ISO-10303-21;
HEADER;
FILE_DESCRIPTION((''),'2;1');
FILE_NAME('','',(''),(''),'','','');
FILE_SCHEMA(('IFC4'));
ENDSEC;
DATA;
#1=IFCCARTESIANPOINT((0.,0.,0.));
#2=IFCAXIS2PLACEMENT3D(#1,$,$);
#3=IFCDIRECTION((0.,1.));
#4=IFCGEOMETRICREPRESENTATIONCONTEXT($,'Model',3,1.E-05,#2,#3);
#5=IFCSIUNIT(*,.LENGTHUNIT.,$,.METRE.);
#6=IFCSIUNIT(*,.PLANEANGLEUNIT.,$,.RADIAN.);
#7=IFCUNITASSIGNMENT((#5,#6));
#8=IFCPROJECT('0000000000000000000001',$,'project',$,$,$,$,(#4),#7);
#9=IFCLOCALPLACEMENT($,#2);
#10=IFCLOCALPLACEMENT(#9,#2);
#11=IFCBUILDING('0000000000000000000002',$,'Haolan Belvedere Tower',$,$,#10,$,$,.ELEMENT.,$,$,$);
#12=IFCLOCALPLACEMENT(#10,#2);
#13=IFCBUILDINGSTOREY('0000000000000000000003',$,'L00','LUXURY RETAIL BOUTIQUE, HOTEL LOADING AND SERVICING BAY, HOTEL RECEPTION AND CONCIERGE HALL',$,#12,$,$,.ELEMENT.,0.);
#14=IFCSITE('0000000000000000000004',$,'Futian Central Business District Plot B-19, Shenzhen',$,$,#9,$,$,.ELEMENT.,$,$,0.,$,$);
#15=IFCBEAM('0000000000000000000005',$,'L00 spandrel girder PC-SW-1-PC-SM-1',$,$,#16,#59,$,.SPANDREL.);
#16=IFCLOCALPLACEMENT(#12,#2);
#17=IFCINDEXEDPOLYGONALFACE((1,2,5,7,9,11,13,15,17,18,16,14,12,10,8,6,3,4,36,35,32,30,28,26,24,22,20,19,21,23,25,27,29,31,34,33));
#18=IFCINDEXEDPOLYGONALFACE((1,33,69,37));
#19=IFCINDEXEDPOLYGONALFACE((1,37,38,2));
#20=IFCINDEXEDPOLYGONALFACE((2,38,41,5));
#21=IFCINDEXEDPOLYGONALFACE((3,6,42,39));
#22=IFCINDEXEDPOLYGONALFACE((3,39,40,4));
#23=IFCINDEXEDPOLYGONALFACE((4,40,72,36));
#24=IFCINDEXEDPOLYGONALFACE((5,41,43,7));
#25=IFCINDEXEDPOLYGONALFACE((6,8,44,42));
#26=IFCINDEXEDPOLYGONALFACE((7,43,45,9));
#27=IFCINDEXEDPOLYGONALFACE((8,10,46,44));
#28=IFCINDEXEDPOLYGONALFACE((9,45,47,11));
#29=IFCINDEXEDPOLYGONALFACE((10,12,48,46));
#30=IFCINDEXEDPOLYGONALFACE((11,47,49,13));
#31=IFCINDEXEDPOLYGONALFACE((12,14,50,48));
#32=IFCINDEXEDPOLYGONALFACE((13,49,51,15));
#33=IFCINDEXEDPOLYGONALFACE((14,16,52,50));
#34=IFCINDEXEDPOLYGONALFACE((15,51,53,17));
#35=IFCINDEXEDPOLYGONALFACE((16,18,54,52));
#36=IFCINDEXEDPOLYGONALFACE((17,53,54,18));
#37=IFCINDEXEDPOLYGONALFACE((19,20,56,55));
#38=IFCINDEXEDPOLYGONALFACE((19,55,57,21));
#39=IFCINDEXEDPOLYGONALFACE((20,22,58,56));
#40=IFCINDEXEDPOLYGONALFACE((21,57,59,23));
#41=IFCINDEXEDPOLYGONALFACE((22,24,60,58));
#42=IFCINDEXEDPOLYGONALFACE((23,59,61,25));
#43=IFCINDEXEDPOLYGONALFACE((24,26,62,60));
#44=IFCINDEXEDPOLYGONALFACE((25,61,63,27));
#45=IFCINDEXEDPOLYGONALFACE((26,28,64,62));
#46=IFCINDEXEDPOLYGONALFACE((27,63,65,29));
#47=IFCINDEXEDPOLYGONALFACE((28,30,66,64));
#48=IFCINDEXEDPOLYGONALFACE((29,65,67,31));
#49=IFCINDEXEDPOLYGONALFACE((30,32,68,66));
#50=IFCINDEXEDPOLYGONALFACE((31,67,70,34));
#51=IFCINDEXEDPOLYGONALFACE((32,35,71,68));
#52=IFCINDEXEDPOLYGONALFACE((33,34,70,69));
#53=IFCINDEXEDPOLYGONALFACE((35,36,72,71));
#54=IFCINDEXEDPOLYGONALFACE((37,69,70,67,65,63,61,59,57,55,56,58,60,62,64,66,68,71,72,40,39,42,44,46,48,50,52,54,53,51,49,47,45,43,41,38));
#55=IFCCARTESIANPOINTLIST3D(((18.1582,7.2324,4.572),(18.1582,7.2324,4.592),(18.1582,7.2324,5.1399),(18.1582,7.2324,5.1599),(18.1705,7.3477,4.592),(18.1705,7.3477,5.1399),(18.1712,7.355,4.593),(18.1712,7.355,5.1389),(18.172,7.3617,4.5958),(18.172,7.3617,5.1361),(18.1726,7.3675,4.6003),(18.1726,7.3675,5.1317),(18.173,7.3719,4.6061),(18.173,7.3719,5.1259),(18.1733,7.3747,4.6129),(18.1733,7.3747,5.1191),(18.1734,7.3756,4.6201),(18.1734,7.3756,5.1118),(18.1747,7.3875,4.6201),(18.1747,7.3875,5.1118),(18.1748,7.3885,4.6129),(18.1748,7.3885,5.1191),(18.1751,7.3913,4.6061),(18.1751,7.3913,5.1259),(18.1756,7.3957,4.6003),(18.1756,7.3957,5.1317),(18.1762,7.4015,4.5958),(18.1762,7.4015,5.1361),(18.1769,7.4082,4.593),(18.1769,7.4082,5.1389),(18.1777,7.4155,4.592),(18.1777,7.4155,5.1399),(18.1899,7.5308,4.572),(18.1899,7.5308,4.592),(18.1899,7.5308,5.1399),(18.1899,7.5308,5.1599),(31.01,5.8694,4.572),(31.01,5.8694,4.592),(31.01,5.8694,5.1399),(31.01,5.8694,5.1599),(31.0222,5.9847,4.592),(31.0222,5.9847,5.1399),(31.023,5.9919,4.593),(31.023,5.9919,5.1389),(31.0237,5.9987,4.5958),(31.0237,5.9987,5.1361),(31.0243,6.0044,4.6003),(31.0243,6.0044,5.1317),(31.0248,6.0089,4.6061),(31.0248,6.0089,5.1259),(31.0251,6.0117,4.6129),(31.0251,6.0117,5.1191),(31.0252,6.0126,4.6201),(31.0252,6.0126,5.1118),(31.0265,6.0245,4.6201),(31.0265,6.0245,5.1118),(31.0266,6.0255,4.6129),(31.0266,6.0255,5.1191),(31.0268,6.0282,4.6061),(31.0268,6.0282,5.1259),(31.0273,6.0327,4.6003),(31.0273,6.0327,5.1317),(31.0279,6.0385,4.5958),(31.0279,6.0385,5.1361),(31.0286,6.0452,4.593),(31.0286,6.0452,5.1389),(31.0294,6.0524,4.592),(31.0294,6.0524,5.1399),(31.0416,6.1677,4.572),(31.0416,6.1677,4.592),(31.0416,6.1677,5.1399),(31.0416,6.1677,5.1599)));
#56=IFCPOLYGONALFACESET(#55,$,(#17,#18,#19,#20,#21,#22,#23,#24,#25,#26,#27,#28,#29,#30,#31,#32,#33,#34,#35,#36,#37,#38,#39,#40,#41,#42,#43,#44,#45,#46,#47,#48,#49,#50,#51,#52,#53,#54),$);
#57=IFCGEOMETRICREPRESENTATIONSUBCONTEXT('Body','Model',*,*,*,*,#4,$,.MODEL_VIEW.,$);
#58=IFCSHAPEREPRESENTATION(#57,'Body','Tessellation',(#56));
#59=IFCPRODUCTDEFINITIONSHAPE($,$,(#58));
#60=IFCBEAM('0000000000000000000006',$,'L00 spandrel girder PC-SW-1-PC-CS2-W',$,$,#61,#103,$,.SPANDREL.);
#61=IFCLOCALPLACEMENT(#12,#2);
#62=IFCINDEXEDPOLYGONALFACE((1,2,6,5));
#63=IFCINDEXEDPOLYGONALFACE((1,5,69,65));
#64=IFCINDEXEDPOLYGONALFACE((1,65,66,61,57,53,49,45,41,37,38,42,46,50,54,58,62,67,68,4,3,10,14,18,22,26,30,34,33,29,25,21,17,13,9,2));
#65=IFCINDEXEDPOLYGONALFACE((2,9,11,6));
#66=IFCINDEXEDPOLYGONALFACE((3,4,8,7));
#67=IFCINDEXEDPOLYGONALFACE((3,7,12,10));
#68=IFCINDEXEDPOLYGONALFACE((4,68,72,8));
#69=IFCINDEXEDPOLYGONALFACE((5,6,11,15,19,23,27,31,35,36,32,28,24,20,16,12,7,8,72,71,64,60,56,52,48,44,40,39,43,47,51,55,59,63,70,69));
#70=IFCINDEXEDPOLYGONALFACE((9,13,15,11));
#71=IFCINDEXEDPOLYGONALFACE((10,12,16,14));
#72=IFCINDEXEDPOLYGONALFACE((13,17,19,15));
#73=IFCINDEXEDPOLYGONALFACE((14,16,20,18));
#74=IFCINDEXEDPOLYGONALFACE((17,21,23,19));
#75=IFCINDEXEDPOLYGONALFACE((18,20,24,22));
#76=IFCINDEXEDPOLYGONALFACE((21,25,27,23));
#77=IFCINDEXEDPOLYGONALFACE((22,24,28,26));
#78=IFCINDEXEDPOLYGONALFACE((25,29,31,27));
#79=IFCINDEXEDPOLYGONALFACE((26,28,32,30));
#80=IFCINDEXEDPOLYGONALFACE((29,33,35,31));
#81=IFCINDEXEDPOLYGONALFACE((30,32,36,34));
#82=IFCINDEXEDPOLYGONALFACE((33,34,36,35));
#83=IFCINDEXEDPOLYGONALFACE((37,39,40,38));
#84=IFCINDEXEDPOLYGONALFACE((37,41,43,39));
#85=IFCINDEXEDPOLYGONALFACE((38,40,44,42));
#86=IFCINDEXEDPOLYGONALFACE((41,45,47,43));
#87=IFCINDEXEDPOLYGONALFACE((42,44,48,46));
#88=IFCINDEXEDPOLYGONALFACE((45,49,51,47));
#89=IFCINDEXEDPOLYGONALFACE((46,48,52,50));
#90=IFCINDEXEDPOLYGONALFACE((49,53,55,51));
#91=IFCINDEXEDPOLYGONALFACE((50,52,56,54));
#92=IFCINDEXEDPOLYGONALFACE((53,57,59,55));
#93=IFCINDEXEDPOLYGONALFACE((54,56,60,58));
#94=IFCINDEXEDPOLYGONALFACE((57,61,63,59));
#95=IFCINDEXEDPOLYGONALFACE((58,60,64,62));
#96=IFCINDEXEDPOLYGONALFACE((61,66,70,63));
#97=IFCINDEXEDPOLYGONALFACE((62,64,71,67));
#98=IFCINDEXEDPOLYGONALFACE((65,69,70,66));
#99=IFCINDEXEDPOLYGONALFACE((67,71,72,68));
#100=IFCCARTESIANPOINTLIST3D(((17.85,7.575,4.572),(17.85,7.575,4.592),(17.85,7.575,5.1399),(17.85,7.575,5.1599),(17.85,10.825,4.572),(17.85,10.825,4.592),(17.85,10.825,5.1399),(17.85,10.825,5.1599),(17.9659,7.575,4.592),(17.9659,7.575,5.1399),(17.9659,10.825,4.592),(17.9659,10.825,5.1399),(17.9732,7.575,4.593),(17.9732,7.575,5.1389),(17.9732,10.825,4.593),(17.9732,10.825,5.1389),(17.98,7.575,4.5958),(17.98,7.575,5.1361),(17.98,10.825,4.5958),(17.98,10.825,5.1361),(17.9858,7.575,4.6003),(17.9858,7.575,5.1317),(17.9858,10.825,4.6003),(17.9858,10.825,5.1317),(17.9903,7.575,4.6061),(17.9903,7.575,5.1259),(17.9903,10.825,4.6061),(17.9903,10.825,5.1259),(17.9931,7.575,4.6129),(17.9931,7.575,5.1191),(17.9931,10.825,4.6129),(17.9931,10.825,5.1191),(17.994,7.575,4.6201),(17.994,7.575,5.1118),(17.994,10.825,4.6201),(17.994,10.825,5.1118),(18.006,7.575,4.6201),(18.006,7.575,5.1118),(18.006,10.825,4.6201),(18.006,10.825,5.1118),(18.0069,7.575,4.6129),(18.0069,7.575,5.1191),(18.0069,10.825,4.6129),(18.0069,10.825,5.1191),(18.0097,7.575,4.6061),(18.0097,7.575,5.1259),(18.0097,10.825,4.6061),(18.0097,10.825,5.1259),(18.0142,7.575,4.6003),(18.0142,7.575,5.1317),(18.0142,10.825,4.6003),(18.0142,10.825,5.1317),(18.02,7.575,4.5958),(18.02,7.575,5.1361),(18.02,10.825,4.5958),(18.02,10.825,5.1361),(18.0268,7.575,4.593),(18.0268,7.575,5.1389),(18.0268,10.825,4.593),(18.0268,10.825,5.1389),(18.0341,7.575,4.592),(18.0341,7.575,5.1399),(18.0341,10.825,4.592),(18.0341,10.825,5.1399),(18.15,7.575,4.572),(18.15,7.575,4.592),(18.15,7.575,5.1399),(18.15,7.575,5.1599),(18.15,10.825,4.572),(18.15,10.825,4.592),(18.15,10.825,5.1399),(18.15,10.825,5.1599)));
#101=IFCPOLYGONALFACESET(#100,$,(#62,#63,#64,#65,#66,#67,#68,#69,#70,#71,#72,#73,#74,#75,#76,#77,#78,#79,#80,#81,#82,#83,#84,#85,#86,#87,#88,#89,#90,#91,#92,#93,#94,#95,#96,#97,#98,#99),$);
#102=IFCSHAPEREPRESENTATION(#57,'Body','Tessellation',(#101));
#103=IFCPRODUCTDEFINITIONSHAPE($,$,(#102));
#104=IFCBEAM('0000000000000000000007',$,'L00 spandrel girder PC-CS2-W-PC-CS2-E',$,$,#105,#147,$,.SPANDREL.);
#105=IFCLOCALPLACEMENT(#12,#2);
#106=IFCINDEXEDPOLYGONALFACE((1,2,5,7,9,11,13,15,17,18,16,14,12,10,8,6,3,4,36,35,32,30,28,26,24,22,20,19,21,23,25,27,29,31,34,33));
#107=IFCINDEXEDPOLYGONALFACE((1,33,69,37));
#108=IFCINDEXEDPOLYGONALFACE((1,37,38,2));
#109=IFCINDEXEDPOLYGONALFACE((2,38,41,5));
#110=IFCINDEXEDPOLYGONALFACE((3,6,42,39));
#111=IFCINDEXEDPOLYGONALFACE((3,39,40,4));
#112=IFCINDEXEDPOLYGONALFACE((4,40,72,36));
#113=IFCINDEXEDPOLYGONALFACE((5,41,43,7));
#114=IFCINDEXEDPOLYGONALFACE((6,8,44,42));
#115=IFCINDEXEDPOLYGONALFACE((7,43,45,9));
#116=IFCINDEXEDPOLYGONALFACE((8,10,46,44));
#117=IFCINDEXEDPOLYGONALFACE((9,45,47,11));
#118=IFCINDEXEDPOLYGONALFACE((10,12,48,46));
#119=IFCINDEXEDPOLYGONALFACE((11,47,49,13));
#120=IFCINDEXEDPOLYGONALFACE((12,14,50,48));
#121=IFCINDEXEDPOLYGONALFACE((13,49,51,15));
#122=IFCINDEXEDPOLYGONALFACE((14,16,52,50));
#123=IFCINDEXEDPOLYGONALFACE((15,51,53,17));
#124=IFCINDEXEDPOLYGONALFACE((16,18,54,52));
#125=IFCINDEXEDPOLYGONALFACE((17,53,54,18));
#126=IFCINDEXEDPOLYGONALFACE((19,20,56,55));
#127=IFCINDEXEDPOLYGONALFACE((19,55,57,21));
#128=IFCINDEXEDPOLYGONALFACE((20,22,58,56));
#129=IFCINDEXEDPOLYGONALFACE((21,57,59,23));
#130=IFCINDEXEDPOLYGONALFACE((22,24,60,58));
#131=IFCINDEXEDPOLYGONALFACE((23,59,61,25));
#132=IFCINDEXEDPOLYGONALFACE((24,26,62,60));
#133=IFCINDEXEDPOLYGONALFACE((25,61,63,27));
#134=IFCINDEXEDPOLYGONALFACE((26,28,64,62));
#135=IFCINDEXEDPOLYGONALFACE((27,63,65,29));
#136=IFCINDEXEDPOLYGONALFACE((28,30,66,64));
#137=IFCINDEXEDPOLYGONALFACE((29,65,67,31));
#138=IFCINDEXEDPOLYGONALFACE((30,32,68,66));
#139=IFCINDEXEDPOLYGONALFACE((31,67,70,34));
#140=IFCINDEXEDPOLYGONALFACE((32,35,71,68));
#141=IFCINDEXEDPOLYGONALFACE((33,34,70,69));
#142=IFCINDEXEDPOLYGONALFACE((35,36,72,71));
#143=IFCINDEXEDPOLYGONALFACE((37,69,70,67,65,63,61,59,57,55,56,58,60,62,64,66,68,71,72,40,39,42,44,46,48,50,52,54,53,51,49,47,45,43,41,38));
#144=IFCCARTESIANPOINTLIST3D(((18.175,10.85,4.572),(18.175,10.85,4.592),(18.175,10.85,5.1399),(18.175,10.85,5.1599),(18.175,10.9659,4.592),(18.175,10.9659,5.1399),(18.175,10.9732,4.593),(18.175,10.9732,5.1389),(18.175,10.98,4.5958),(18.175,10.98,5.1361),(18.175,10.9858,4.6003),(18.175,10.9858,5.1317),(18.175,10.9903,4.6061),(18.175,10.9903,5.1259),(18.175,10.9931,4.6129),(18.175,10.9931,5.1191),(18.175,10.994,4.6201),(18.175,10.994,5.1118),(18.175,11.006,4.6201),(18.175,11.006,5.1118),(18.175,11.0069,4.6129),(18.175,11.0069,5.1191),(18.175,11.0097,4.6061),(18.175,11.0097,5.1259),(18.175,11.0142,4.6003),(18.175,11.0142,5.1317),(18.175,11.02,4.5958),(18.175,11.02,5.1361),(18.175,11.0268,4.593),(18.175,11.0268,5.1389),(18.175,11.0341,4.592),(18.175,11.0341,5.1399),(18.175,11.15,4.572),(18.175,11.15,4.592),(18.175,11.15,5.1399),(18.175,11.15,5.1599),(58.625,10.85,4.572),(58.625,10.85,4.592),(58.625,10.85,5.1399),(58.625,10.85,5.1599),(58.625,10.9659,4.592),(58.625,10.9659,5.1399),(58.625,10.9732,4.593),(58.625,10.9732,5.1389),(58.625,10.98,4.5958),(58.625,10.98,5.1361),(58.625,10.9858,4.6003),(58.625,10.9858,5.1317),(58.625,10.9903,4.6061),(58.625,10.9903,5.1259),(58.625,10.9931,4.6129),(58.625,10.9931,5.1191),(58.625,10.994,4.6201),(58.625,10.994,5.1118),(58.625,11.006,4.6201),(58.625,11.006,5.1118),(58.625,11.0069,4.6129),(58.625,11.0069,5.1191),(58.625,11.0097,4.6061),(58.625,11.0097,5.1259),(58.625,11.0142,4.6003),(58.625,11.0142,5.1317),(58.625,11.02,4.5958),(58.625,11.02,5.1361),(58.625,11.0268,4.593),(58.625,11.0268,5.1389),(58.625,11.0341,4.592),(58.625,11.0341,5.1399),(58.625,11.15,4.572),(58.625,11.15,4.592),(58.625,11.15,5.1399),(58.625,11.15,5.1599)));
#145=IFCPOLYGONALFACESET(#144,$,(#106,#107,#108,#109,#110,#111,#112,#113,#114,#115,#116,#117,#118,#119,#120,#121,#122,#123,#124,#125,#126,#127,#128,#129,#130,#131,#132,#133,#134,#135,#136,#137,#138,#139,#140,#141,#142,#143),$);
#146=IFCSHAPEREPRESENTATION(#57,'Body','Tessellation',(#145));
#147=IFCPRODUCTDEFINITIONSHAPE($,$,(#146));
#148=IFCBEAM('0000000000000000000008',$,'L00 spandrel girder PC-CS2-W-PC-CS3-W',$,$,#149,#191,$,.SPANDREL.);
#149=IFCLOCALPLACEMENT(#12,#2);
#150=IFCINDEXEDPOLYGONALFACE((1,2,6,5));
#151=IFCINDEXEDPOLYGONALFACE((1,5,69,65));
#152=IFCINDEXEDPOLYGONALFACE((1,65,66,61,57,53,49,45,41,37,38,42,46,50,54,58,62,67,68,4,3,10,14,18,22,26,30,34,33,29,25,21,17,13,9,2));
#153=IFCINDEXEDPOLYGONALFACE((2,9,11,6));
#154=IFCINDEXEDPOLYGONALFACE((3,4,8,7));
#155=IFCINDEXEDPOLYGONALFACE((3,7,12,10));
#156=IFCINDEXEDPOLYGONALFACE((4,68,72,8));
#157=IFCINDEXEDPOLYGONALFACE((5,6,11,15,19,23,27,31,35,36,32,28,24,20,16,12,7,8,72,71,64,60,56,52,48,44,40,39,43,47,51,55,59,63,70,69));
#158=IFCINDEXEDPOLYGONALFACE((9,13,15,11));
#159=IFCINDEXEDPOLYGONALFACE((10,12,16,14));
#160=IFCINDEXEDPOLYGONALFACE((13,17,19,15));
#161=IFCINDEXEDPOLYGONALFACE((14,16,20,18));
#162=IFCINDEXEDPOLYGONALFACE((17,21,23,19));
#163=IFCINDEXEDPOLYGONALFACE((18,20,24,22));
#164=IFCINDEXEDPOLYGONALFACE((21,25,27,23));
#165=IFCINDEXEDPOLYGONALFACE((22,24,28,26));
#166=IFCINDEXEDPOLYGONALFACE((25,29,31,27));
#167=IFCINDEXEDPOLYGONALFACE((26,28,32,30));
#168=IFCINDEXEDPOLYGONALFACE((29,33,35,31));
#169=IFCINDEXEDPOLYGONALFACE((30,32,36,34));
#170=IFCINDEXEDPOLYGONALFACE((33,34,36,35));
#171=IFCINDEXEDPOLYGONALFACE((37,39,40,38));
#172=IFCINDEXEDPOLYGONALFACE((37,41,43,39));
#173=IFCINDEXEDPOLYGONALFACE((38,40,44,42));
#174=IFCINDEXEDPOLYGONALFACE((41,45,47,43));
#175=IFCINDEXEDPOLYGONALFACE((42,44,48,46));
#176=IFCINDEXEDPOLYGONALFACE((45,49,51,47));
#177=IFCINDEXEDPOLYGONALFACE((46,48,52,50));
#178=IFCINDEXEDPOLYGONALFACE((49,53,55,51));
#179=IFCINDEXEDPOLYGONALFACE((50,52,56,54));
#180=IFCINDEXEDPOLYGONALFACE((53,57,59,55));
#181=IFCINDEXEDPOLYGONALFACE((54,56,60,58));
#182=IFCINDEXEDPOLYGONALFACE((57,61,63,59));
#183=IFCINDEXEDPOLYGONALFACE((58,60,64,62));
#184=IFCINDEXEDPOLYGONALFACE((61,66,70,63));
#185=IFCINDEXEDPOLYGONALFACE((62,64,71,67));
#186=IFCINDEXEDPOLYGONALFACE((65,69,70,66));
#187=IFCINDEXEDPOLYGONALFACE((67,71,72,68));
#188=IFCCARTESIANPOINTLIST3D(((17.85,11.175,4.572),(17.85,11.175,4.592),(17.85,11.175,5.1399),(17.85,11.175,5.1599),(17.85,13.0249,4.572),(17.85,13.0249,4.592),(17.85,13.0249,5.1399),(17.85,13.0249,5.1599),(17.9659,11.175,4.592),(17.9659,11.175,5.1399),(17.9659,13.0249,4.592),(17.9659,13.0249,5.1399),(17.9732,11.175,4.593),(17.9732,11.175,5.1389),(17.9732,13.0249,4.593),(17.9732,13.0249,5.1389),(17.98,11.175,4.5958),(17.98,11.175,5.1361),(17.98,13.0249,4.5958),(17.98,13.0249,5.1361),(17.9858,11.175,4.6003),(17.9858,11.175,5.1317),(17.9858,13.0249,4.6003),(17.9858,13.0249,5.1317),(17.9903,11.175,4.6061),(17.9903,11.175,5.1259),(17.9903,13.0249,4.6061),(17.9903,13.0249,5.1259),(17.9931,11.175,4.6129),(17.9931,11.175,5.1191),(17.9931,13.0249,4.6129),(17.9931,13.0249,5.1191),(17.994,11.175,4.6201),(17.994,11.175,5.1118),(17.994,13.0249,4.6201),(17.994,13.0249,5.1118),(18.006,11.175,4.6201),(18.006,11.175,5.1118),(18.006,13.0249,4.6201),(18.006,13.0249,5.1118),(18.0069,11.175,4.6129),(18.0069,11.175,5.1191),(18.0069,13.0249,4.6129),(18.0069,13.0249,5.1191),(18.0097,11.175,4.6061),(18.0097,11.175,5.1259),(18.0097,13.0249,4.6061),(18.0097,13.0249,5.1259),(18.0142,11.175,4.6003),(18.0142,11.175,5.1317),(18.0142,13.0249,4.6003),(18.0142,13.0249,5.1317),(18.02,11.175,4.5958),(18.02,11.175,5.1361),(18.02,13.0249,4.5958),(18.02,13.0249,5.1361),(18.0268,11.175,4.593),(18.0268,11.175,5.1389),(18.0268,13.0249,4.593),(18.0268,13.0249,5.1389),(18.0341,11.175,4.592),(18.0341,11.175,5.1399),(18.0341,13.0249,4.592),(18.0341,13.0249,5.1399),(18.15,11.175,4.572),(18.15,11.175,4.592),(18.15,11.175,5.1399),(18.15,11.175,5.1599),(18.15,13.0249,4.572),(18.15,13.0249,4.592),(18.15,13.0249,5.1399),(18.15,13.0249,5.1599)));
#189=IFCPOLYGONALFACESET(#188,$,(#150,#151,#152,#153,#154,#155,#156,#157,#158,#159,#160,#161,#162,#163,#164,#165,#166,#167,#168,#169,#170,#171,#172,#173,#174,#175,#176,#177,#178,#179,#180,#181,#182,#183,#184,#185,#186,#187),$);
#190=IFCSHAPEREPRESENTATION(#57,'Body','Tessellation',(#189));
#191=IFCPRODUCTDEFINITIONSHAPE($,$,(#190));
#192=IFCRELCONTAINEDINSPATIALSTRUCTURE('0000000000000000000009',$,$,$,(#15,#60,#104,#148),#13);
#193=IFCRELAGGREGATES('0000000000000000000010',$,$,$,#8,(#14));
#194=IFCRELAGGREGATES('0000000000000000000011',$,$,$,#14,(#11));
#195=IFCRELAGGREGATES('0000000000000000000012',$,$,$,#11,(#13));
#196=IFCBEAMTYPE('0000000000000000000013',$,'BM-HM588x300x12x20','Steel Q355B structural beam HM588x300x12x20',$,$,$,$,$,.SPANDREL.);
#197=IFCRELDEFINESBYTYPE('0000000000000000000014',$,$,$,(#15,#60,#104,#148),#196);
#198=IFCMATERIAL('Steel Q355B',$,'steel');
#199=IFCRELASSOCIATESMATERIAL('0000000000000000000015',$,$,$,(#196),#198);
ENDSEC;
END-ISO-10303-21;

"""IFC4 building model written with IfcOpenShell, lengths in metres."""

from ifc_helpers import new_model, si_unit, direction, frame, origin, origin_2d, place, context, subcontext, project, spatial, i_section, extrude, material, material_profile, profile_set, type_object, element, save


model = new_model("IFC4")

# Units and contexts
model_context = context("Model", 3, precision=1e-05, world=origin(), true_north=direction((0.0, 1.0)))
body_context = subcontext(model_context, "Body", "Model", "MODEL_VIEW")
ifc_project = project(units=[si_unit("LENGTHUNIT", "METRE"), si_unit("PLANEANGLEUNIT", "RADIAN")], contexts=[model_context])

# Site, building, storey
site_placement = place(None, origin())
site = spatial("IfcSite", under=ifc_project, at=site_placement, Name="Futian Central Business District Plot B-19, Shenzhen", CompositionType="ELEMENT", RefElevation=0.0)
building_placement = place(site_placement, origin())
building = spatial("IfcBuilding", under=site, at=building_placement, Name="Haolan Belvedere Tower", CompositionType="ELEMENT")
storey_placement = place(building_placement, origin())
storey = spatial("IfcBuildingStorey", under=building, at=storey_placement, Name="L00", Description="LUXURY RETAIL BOUTIQUE, HOTEL LOADING AND SERVICING BAY, HOTEL RECEPTION AND CONCIERGE HALL", CompositionType="ELEMENT", Elevation=0.0)

# Shared definitions
ifc_material_1 = material(Name="Steel Q355B", Category="steel")

# Beams
ifc_material_profile_1 = material_profile(ifc_material_1, i_section(OverallWidth=0.3, OverallDepth=0.5879, WebThickness=0.012, FlangeThickness=0.02, FilletRadius=0.0281, at=origin_2d()), Name="Steel Q355B")
ifc_profile_set_1 = profile_set([ifc_material_profile_1], Name="Steel Q355B")
beam_type_1 = type_object("IfcBeamType", Name="BM-HM588x300x12x20", Description="Steel Q355B structural beam HM588x300x12x20", PredefinedType="SPANDREL", material=ifc_profile_set_1)
beam_1_placement = place(storey_placement, frame((18.1741, 7.3816, 4.866), z_axis=(0.994423, -0.105467, 0.0), x_axis=(0.105467, 0.994423, 0.0)))
element("IfcBeam", 1, at=beam_1_placement, inside=storey, type_object=beam_type_1, Name="L00 spandrel girder PC-SW-1-PC-SM-1", PredefinedType="SPANDREL", context=body_context, shape_type="SweptSolid", body=[
    extrude(i_section(OverallWidth=0.3, OverallDepth=0.5879, WebThickness=0.012, FlangeThickness=0.02, FilletRadius=0.0281, at=origin_2d()), origin(), (0.0, 0.0, 1.0), 12.9238),
])
beam_2_placement = place(storey_placement, frame((18.0, 7.575, 4.866), z_axis=(0.0, 1.0, 0.0), x_axis=(-1.0, 0.0, 0.0)))
element("IfcBeam", 2, at=beam_2_placement, inside=storey, type_object=beam_type_1, Name="L00 spandrel girder PC-SW-1-PC-CS2-W", PredefinedType="SPANDREL", context=body_context, shape_type="SweptSolid", body=[
    extrude(i_section(OverallWidth=0.3, OverallDepth=0.5879, WebThickness=0.012, FlangeThickness=0.02, FilletRadius=0.0281, at=origin_2d()), origin(), (0.0, 0.0, 1.0), 3.25),
])
beam_3_placement = place(storey_placement, frame((18.175, 11.0, 4.866), z_axis=(1.0, 0.0, 0.0), x_axis=(0.0, 1.0, 0.0)))
element("IfcBeam", 3, at=beam_3_placement, inside=storey, type_object=beam_type_1, Name="L00 spandrel girder PC-CS2-W-PC-CS2-E", PredefinedType="SPANDREL", context=body_context, shape_type="SweptSolid", body=[
    extrude(i_section(OverallWidth=0.3, OverallDepth=0.5879, WebThickness=0.012, FlangeThickness=0.02, FilletRadius=0.0281, at=origin_2d()), origin(), (0.0, 0.0, 1.0), 40.45),
])
beam_4_placement = place(storey_placement, frame((18.0, 11.175, 4.866), z_axis=(0.0, 1.0, 0.0), x_axis=(-1.0, 0.0, 0.0)))
element("IfcBeam", 4, at=beam_4_placement, inside=storey, type_object=beam_type_1, Name="L00 spandrel girder PC-CS2-W-PC-CS3-W", PredefinedType="SPANDREL", context=body_context, shape_type="SweptSolid", body=[
    extrude(i_section(OverallWidth=0.3, OverallDepth=0.5879, WebThickness=0.012, FlangeThickness=0.02, FilletRadius=0.0281, at=origin_2d()), origin(), (0.0, 0.0, 1.0), 1.8499),
])

save(model, "model.ifc")
